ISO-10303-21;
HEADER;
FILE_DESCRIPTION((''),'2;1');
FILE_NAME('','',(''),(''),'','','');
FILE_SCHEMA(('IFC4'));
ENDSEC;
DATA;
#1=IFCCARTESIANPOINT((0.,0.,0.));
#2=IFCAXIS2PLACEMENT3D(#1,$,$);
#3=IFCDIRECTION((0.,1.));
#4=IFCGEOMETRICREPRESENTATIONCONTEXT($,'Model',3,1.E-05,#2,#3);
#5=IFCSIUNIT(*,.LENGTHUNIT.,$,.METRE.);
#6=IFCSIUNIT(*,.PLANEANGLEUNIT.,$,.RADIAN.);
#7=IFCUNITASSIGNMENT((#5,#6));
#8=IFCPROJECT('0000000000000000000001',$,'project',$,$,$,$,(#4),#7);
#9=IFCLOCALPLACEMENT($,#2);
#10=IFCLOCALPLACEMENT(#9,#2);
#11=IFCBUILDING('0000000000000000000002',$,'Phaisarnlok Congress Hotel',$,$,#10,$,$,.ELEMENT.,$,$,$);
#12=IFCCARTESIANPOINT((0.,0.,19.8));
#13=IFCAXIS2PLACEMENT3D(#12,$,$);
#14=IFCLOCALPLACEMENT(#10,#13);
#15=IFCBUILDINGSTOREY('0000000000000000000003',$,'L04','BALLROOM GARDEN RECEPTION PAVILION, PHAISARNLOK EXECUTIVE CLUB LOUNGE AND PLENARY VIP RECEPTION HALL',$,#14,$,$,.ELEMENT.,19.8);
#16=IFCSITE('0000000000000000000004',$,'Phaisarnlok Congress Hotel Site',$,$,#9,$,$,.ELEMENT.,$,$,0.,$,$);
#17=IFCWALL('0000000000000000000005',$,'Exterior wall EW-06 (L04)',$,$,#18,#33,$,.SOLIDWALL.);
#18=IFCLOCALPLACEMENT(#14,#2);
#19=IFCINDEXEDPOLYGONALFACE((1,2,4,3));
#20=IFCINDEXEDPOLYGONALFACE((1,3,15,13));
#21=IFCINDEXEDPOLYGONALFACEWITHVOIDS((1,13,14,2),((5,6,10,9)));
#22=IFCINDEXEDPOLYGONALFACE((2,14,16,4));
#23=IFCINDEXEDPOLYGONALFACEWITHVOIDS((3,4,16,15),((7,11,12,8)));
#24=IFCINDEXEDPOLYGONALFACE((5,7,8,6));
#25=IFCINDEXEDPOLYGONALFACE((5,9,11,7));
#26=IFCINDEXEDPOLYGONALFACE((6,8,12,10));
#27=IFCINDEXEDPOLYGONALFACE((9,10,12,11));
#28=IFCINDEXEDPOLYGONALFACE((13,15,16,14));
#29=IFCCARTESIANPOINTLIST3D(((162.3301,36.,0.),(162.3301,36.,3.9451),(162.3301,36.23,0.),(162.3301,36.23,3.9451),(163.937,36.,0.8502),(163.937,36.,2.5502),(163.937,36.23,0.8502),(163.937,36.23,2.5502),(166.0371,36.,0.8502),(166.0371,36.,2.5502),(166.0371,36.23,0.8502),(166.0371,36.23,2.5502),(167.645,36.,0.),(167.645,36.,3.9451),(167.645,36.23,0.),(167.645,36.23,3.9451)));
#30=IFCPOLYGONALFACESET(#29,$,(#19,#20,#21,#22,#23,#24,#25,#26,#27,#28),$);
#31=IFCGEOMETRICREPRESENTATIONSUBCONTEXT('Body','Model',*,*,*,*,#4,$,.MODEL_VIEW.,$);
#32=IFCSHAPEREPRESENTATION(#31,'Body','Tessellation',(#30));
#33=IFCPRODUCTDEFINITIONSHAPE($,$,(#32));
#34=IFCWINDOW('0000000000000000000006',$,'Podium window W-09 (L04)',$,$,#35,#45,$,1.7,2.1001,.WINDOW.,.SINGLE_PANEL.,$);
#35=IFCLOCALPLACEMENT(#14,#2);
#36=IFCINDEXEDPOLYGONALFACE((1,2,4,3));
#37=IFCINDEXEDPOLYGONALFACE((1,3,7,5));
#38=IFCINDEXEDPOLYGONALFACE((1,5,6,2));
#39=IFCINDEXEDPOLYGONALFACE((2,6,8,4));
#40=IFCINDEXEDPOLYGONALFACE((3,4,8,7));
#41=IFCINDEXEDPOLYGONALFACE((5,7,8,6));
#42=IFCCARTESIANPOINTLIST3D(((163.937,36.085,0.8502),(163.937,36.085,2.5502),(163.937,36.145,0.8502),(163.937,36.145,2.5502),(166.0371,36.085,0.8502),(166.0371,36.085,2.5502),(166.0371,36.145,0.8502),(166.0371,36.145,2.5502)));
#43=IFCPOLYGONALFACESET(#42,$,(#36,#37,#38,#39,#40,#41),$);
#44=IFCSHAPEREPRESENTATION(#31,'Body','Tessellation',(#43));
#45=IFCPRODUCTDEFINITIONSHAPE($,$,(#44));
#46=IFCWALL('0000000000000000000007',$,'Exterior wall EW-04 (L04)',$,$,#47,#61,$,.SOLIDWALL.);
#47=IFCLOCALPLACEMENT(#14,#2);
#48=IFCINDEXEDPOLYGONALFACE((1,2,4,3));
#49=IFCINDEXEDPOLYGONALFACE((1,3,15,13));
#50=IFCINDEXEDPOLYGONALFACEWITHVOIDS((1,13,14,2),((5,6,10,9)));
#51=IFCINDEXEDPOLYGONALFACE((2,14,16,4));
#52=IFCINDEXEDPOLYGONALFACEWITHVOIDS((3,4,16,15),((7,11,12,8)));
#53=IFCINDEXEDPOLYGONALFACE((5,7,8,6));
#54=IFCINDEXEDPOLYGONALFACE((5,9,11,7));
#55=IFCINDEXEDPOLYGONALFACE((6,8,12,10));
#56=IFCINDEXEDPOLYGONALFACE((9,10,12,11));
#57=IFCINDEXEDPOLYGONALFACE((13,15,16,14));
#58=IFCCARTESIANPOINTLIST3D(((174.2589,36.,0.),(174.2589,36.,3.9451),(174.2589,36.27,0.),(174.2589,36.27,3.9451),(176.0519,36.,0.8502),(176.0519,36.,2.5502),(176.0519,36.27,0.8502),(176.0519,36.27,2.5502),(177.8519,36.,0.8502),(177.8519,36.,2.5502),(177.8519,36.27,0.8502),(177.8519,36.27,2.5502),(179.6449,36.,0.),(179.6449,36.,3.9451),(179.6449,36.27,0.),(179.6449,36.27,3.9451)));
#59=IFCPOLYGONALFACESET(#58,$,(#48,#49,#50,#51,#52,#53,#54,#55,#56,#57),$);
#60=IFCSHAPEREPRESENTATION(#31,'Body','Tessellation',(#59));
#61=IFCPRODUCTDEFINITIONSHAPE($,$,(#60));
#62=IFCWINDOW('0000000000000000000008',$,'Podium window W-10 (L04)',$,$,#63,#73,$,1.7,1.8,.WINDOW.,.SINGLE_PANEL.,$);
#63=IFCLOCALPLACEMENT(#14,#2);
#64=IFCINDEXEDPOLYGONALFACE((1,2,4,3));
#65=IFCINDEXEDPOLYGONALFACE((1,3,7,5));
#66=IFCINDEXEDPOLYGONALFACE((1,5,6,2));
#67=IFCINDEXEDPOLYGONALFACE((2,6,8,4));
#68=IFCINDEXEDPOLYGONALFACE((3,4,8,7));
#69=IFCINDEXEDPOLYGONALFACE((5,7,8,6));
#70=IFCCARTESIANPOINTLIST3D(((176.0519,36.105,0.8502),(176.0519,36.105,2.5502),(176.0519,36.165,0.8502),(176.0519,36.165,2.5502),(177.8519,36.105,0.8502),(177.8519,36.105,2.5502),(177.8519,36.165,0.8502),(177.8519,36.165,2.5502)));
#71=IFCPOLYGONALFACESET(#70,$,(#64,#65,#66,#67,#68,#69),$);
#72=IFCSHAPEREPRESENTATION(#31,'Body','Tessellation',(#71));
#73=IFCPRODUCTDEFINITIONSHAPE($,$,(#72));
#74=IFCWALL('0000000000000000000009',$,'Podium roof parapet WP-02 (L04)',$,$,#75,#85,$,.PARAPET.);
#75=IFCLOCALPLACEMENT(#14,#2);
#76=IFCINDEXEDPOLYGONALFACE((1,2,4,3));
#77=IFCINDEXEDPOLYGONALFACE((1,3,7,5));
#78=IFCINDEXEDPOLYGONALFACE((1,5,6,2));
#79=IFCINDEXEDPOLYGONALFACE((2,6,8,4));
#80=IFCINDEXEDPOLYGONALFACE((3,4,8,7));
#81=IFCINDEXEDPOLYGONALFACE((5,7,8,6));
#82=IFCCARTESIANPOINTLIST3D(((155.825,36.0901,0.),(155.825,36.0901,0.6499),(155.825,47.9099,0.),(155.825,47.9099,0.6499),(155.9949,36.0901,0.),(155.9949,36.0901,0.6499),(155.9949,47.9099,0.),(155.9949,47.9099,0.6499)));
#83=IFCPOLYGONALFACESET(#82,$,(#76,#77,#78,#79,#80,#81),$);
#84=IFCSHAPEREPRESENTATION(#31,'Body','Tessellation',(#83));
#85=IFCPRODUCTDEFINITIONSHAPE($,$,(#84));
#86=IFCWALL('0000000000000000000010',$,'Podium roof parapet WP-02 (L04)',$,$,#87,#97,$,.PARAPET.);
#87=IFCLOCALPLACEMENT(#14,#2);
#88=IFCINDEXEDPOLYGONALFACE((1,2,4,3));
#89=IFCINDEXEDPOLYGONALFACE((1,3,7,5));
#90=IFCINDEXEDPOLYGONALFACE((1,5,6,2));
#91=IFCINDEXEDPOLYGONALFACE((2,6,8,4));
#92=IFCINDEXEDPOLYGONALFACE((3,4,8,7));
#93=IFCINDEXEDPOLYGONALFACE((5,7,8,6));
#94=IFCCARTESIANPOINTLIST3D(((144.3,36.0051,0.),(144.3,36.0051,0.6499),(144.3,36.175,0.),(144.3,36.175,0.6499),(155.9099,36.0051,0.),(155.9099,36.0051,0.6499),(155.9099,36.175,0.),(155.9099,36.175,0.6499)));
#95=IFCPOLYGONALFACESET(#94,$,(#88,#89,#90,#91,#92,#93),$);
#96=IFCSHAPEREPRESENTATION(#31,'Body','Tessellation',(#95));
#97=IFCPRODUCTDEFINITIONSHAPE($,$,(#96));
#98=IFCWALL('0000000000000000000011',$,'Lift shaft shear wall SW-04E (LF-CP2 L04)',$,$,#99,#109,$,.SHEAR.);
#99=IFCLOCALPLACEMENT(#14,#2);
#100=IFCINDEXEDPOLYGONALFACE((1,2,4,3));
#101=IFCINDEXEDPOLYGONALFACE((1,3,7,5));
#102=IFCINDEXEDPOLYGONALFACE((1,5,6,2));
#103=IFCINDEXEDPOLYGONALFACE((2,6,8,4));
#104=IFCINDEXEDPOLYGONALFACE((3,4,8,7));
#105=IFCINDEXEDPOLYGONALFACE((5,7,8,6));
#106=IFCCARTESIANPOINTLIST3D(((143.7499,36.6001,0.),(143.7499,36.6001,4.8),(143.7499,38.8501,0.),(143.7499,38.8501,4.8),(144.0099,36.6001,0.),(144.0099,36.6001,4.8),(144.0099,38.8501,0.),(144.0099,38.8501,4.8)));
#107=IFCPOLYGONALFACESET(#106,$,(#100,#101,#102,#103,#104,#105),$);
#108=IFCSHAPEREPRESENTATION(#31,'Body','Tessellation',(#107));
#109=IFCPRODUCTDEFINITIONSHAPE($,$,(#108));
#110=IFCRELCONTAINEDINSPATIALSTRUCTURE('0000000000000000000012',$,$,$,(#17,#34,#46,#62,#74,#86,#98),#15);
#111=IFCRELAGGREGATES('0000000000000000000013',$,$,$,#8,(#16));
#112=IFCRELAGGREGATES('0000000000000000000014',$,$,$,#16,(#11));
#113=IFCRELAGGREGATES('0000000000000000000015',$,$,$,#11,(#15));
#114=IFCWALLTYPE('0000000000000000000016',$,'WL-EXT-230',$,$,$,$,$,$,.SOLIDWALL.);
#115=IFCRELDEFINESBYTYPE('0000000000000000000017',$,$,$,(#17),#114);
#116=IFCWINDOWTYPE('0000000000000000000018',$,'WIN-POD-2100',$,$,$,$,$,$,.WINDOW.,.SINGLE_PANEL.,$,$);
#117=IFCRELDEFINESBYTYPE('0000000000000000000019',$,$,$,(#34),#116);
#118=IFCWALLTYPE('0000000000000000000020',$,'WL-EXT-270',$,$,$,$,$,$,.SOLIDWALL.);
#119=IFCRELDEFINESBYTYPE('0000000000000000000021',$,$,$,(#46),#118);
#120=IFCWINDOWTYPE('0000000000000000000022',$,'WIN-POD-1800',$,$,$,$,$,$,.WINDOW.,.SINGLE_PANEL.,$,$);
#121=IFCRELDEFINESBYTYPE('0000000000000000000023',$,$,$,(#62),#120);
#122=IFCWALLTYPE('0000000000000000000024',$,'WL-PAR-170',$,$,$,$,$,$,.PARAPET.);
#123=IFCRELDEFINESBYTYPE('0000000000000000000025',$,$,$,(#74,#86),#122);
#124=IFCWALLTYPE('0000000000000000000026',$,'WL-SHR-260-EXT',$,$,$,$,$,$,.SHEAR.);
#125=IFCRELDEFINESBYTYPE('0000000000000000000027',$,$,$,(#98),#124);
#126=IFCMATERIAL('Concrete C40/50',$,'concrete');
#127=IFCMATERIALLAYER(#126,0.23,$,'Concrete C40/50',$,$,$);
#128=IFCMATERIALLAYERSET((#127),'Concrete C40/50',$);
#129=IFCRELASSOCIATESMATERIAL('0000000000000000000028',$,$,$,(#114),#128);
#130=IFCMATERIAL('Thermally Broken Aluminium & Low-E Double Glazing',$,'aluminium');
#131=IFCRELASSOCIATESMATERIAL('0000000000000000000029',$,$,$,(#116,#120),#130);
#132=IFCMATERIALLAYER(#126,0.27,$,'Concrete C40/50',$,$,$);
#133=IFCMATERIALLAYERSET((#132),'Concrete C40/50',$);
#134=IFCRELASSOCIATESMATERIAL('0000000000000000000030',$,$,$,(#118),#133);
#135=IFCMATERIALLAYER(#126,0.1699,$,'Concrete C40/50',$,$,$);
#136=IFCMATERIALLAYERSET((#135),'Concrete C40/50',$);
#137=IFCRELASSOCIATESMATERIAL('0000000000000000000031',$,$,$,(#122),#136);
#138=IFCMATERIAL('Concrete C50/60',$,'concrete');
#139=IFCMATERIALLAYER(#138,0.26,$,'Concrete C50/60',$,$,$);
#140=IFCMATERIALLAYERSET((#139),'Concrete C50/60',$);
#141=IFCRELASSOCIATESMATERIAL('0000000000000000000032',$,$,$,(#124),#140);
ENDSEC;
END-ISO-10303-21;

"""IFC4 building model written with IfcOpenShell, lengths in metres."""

from ifc_helpers import new_model, si_unit, direction, frame, frame_2d, origin, place, context, subcontext, project, spatial, rectangle, extrude, material, layer, layer_set, type_object, element, fill, save


model = new_model("IFC4")

# Units and contexts
model_context = context("Model", 3, precision=1e-05, world=origin(), true_north=direction((0.0, 1.0)))
body_context = subcontext(model_context, "Body", "Model", "MODEL_VIEW")
ifc_project = project(units=[si_unit("LENGTHUNIT", "METRE"), si_unit("PLANEANGLEUNIT", "RADIAN")], contexts=[model_context])

# Site, building, storey
site_placement = place(None, origin())
site = spatial("IfcSite", under=ifc_project, at=site_placement, Name="Phaisarnlok Congress Hotel Site", CompositionType="ELEMENT", RefElevation=0.0)
building_placement = place(site_placement, origin())
building = spatial("IfcBuilding", under=site, at=building_placement, Name="Phaisarnlok Congress Hotel", CompositionType="ELEMENT")
storey_placement = place(building_placement, frame((0.0, 0.0, 19.8)))
storey = spatial("IfcBuildingStorey", under=building, at=storey_placement, Name="L04", Description="BALLROOM GARDEN RECEPTION PAVILION, PHAISARNLOK EXECUTIVE CLUB LOUNGE AND PLENARY VIP RECEPTION HALL", CompositionType="ELEMENT", Elevation=19.8)

# Shared definitions
ifc_material_1 = material(Name="Concrete C50/60", Category="concrete")

# Shared definitions
ifc_material_2 = material(Name="Concrete C40/50", Category="concrete")

# Walls, openings, windows
ifc_layer_1 = layer(ifc_material_2, 0.23, Name="Concrete C40/50")
ifc_layer_set_1 = layer_set([ifc_layer_1], Name="Concrete C40/50")
wall_type_1 = type_object("IfcWallType", Name="WL-EXT-230", PredefinedType="SOLIDWALL", material=ifc_layer_set_1)
wall_1_placement = place(storey_placement, frame((162.3301, 36.115, 0.0), z_axis=(0.0, 0.0, 1.0), x_axis=(1.0, 0.0, 0.0)))
wall_1 = element("IfcWall", 1, at=wall_1_placement, inside=storey, type_object=wall_type_1, Name="Exterior wall EW-06 (L04)", PredefinedType="SOLIDWALL", context=body_context, shape_type="SweptSolid", body=[
    extrude(rectangle(XDim=5.3149, YDim=0.23, at=frame_2d((2.6575, 0.0))), origin(), (0.0, 0.0, 1.0), 3.9451),
])
opening_1_placement = place(wall_1_placement, frame((1.6069, 0.0, 0.8501)))
opening_1 = element("IfcOpeningElement", 2, at=opening_1_placement, cuts=wall_1, PredefinedType="OPENING", context=body_context, shape_type="SweptSolid", body=[
    extrude(rectangle(XDim=2.1001, YDim=1.7, at=frame_2d((1.05, 0.8501))), frame((0.0, 0.125, 0.0), z_axis=(0.0, -1.0, 0.0), x_axis=(1.0, 0.0, 0.0)), (0.0, 0.0, 1.0), 0.25),
])
ifc_material_3 = material(Name="Thermally Broken Aluminium & Low-E Double Glazing", Category="aluminium")
window_type_1 = type_object("IfcWindowType", Name="WIN-POD-2100", PartitioningType="SINGLE_PANEL", PredefinedType="WINDOW", material=ifc_material_3)
window_1_placement = place(opening_1_placement, origin())
window_1 = element("IfcWindow", 3, at=window_1_placement, inside=storey, type_object=window_type_1, Name="Podium window W-09 (L04)", OverallHeight=1.7, OverallWidth=2.1001, PartitioningType="SINGLE_PANEL", PredefinedType="WINDOW", context=body_context, shape_type="SweptSolid", body=[
    extrude(rectangle(XDim=2.1001, YDim=1.7, at=frame_2d((1.05, 0.8501))), frame((0.0, 0.03, 0.0), z_axis=(0.0, -1.0, 0.0), x_axis=(1.0, 0.0, 0.0)), (0.0, 0.0, 1.0), 0.0601),
])
fill(opening_1, window_1)
ifc_layer_2 = layer(ifc_material_2, 0.27, Name="Concrete C40/50")
ifc_layer_set_2 = layer_set([ifc_layer_2], Name="Concrete C40/50")
wall_type_2 = type_object("IfcWallType", Name="WL-EXT-270", PredefinedType="SOLIDWALL", material=ifc_layer_set_2)
wall_2_placement = place(storey_placement, frame((174.259, 36.135, 0.0), z_axis=(0.0, 0.0, 1.0), x_axis=(1.0, 0.0, 0.0)))
wall_2 = element("IfcWall", 4, at=wall_2_placement, inside=storey, type_object=wall_type_2, Name="Exterior wall EW-04 (L04)", PredefinedType="SOLIDWALL", context=body_context, shape_type="SweptSolid", body=[
    extrude(rectangle(XDim=5.386, YDim=0.27, at=frame_2d((2.6929, 0.0))), origin(), (0.0, 0.0, 1.0), 3.9451),
])
opening_2_placement = place(wall_2_placement, frame((1.793, 0.0, 0.8501)))
opening_2 = element("IfcOpeningElement", 5, at=opening_2_placement, cuts=wall_2, PredefinedType="OPENING", context=body_context, shape_type="SweptSolid", body=[
    extrude(rectangle(XDim=1.8, YDim=1.7, at=frame_2d((0.8999, 0.8501))), frame((0.0, 0.145, 0.0), z_axis=(0.0, -1.0, 0.0), x_axis=(1.0, 0.0, 0.0)), (0.0, 0.0, 1.0), 0.29),
])
window_type_2 = type_object("IfcWindowType", Name="WIN-POD-1800", PartitioningType="SINGLE_PANEL", PredefinedType="WINDOW", material=ifc_material_3)
window_2_placement = place(opening_2_placement, origin())
window_2 = element("IfcWindow", 6, at=window_2_placement, inside=storey, type_object=window_type_2, Name="Podium window W-10 (L04)", OverallHeight=1.7, OverallWidth=1.8, PartitioningType="SINGLE_PANEL", PredefinedType="WINDOW", context=body_context, shape_type="SweptSolid", body=[
    extrude(rectangle(XDim=1.8, YDim=1.7, at=frame_2d((0.8999, 0.8501))), frame((0.0, 0.03, 0.0), z_axis=(0.0, -1.0, 0.0), x_axis=(1.0, 0.0, 0.0)), (0.0, 0.0, 1.0), 0.0601),
])
fill(opening_2, window_2)

# Walls
ifc_layer_3 = layer(ifc_material_2, 0.1699, Name="Concrete C40/50")
ifc_layer_set_3 = layer_set([ifc_layer_3], Name="Concrete C40/50")
wall_type_3 = type_object("IfcWallType", Name="WL-PAR-170", PredefinedType="PARAPET", material=ifc_layer_set_3)
wall_3_placement = place(storey_placement, frame((155.9099, 36.0901, 0.0), z_axis=(0.0, 0.0, 1.0), x_axis=(0.0, 1.0, 0.0)))
element("IfcWall", 7, at=wall_3_placement, inside=storey, type_object=wall_type_3, Name="Podium roof parapet WP-02 (L04)", PredefinedType="PARAPET", context=body_context, shape_type="SweptSolid", body=[
    extrude(rectangle(XDim=11.8198, YDim=0.1699, at=frame_2d((5.9099, 0.0))), origin(), (0.0, 0.0, 1.0), 0.6499),
])
wall_4_placement = place(storey_placement, frame((144.3, 36.0901, 0.0), z_axis=(0.0, 0.0, 1.0), x_axis=(1.0, 0.0, 0.0)))
element("IfcWall", 8, at=wall_4_placement, inside=storey, type_object=wall_type_3, Name="Podium roof parapet WP-02 (L04)", PredefinedType="PARAPET", context=body_context, shape_type="SweptSolid", body=[
    extrude(rectangle(XDim=11.6099, YDim=0.1699, at=frame_2d((5.8049, 0.0))), origin(), (0.0, 0.0, 1.0), 0.6499),
])
ifc_layer_4 = layer(ifc_material_1, 0.26, Name="Concrete C50/60")
ifc_layer_set_4 = layer_set([ifc_layer_4], Name="Concrete C50/60")
wall_type_4 = type_object("IfcWallType", Name="WL-SHR-260-EXT", PredefinedType="SHEAR", material=ifc_layer_set_4)
wall_5_placement = place(storey_placement, frame((143.8799, 36.6001, 0.0), z_axis=(0.0, 0.0, 1.0), x_axis=(0.0, 1.0, 0.0)))
element("IfcWall", 9, at=wall_5_placement, inside=storey, type_object=wall_type_4, Name="Lift shaft shear wall SW-04E (LF-CP2 L04)", PredefinedType="SHEAR", context=body_context, shape_type="SweptSolid", body=[
    extrude(rectangle(XDim=2.25, YDim=0.26, at=frame_2d((1.125, 0.0))), origin(), (0.0, 0.0, 1.0), 4.8),
])

save(model, "model.ifc")
